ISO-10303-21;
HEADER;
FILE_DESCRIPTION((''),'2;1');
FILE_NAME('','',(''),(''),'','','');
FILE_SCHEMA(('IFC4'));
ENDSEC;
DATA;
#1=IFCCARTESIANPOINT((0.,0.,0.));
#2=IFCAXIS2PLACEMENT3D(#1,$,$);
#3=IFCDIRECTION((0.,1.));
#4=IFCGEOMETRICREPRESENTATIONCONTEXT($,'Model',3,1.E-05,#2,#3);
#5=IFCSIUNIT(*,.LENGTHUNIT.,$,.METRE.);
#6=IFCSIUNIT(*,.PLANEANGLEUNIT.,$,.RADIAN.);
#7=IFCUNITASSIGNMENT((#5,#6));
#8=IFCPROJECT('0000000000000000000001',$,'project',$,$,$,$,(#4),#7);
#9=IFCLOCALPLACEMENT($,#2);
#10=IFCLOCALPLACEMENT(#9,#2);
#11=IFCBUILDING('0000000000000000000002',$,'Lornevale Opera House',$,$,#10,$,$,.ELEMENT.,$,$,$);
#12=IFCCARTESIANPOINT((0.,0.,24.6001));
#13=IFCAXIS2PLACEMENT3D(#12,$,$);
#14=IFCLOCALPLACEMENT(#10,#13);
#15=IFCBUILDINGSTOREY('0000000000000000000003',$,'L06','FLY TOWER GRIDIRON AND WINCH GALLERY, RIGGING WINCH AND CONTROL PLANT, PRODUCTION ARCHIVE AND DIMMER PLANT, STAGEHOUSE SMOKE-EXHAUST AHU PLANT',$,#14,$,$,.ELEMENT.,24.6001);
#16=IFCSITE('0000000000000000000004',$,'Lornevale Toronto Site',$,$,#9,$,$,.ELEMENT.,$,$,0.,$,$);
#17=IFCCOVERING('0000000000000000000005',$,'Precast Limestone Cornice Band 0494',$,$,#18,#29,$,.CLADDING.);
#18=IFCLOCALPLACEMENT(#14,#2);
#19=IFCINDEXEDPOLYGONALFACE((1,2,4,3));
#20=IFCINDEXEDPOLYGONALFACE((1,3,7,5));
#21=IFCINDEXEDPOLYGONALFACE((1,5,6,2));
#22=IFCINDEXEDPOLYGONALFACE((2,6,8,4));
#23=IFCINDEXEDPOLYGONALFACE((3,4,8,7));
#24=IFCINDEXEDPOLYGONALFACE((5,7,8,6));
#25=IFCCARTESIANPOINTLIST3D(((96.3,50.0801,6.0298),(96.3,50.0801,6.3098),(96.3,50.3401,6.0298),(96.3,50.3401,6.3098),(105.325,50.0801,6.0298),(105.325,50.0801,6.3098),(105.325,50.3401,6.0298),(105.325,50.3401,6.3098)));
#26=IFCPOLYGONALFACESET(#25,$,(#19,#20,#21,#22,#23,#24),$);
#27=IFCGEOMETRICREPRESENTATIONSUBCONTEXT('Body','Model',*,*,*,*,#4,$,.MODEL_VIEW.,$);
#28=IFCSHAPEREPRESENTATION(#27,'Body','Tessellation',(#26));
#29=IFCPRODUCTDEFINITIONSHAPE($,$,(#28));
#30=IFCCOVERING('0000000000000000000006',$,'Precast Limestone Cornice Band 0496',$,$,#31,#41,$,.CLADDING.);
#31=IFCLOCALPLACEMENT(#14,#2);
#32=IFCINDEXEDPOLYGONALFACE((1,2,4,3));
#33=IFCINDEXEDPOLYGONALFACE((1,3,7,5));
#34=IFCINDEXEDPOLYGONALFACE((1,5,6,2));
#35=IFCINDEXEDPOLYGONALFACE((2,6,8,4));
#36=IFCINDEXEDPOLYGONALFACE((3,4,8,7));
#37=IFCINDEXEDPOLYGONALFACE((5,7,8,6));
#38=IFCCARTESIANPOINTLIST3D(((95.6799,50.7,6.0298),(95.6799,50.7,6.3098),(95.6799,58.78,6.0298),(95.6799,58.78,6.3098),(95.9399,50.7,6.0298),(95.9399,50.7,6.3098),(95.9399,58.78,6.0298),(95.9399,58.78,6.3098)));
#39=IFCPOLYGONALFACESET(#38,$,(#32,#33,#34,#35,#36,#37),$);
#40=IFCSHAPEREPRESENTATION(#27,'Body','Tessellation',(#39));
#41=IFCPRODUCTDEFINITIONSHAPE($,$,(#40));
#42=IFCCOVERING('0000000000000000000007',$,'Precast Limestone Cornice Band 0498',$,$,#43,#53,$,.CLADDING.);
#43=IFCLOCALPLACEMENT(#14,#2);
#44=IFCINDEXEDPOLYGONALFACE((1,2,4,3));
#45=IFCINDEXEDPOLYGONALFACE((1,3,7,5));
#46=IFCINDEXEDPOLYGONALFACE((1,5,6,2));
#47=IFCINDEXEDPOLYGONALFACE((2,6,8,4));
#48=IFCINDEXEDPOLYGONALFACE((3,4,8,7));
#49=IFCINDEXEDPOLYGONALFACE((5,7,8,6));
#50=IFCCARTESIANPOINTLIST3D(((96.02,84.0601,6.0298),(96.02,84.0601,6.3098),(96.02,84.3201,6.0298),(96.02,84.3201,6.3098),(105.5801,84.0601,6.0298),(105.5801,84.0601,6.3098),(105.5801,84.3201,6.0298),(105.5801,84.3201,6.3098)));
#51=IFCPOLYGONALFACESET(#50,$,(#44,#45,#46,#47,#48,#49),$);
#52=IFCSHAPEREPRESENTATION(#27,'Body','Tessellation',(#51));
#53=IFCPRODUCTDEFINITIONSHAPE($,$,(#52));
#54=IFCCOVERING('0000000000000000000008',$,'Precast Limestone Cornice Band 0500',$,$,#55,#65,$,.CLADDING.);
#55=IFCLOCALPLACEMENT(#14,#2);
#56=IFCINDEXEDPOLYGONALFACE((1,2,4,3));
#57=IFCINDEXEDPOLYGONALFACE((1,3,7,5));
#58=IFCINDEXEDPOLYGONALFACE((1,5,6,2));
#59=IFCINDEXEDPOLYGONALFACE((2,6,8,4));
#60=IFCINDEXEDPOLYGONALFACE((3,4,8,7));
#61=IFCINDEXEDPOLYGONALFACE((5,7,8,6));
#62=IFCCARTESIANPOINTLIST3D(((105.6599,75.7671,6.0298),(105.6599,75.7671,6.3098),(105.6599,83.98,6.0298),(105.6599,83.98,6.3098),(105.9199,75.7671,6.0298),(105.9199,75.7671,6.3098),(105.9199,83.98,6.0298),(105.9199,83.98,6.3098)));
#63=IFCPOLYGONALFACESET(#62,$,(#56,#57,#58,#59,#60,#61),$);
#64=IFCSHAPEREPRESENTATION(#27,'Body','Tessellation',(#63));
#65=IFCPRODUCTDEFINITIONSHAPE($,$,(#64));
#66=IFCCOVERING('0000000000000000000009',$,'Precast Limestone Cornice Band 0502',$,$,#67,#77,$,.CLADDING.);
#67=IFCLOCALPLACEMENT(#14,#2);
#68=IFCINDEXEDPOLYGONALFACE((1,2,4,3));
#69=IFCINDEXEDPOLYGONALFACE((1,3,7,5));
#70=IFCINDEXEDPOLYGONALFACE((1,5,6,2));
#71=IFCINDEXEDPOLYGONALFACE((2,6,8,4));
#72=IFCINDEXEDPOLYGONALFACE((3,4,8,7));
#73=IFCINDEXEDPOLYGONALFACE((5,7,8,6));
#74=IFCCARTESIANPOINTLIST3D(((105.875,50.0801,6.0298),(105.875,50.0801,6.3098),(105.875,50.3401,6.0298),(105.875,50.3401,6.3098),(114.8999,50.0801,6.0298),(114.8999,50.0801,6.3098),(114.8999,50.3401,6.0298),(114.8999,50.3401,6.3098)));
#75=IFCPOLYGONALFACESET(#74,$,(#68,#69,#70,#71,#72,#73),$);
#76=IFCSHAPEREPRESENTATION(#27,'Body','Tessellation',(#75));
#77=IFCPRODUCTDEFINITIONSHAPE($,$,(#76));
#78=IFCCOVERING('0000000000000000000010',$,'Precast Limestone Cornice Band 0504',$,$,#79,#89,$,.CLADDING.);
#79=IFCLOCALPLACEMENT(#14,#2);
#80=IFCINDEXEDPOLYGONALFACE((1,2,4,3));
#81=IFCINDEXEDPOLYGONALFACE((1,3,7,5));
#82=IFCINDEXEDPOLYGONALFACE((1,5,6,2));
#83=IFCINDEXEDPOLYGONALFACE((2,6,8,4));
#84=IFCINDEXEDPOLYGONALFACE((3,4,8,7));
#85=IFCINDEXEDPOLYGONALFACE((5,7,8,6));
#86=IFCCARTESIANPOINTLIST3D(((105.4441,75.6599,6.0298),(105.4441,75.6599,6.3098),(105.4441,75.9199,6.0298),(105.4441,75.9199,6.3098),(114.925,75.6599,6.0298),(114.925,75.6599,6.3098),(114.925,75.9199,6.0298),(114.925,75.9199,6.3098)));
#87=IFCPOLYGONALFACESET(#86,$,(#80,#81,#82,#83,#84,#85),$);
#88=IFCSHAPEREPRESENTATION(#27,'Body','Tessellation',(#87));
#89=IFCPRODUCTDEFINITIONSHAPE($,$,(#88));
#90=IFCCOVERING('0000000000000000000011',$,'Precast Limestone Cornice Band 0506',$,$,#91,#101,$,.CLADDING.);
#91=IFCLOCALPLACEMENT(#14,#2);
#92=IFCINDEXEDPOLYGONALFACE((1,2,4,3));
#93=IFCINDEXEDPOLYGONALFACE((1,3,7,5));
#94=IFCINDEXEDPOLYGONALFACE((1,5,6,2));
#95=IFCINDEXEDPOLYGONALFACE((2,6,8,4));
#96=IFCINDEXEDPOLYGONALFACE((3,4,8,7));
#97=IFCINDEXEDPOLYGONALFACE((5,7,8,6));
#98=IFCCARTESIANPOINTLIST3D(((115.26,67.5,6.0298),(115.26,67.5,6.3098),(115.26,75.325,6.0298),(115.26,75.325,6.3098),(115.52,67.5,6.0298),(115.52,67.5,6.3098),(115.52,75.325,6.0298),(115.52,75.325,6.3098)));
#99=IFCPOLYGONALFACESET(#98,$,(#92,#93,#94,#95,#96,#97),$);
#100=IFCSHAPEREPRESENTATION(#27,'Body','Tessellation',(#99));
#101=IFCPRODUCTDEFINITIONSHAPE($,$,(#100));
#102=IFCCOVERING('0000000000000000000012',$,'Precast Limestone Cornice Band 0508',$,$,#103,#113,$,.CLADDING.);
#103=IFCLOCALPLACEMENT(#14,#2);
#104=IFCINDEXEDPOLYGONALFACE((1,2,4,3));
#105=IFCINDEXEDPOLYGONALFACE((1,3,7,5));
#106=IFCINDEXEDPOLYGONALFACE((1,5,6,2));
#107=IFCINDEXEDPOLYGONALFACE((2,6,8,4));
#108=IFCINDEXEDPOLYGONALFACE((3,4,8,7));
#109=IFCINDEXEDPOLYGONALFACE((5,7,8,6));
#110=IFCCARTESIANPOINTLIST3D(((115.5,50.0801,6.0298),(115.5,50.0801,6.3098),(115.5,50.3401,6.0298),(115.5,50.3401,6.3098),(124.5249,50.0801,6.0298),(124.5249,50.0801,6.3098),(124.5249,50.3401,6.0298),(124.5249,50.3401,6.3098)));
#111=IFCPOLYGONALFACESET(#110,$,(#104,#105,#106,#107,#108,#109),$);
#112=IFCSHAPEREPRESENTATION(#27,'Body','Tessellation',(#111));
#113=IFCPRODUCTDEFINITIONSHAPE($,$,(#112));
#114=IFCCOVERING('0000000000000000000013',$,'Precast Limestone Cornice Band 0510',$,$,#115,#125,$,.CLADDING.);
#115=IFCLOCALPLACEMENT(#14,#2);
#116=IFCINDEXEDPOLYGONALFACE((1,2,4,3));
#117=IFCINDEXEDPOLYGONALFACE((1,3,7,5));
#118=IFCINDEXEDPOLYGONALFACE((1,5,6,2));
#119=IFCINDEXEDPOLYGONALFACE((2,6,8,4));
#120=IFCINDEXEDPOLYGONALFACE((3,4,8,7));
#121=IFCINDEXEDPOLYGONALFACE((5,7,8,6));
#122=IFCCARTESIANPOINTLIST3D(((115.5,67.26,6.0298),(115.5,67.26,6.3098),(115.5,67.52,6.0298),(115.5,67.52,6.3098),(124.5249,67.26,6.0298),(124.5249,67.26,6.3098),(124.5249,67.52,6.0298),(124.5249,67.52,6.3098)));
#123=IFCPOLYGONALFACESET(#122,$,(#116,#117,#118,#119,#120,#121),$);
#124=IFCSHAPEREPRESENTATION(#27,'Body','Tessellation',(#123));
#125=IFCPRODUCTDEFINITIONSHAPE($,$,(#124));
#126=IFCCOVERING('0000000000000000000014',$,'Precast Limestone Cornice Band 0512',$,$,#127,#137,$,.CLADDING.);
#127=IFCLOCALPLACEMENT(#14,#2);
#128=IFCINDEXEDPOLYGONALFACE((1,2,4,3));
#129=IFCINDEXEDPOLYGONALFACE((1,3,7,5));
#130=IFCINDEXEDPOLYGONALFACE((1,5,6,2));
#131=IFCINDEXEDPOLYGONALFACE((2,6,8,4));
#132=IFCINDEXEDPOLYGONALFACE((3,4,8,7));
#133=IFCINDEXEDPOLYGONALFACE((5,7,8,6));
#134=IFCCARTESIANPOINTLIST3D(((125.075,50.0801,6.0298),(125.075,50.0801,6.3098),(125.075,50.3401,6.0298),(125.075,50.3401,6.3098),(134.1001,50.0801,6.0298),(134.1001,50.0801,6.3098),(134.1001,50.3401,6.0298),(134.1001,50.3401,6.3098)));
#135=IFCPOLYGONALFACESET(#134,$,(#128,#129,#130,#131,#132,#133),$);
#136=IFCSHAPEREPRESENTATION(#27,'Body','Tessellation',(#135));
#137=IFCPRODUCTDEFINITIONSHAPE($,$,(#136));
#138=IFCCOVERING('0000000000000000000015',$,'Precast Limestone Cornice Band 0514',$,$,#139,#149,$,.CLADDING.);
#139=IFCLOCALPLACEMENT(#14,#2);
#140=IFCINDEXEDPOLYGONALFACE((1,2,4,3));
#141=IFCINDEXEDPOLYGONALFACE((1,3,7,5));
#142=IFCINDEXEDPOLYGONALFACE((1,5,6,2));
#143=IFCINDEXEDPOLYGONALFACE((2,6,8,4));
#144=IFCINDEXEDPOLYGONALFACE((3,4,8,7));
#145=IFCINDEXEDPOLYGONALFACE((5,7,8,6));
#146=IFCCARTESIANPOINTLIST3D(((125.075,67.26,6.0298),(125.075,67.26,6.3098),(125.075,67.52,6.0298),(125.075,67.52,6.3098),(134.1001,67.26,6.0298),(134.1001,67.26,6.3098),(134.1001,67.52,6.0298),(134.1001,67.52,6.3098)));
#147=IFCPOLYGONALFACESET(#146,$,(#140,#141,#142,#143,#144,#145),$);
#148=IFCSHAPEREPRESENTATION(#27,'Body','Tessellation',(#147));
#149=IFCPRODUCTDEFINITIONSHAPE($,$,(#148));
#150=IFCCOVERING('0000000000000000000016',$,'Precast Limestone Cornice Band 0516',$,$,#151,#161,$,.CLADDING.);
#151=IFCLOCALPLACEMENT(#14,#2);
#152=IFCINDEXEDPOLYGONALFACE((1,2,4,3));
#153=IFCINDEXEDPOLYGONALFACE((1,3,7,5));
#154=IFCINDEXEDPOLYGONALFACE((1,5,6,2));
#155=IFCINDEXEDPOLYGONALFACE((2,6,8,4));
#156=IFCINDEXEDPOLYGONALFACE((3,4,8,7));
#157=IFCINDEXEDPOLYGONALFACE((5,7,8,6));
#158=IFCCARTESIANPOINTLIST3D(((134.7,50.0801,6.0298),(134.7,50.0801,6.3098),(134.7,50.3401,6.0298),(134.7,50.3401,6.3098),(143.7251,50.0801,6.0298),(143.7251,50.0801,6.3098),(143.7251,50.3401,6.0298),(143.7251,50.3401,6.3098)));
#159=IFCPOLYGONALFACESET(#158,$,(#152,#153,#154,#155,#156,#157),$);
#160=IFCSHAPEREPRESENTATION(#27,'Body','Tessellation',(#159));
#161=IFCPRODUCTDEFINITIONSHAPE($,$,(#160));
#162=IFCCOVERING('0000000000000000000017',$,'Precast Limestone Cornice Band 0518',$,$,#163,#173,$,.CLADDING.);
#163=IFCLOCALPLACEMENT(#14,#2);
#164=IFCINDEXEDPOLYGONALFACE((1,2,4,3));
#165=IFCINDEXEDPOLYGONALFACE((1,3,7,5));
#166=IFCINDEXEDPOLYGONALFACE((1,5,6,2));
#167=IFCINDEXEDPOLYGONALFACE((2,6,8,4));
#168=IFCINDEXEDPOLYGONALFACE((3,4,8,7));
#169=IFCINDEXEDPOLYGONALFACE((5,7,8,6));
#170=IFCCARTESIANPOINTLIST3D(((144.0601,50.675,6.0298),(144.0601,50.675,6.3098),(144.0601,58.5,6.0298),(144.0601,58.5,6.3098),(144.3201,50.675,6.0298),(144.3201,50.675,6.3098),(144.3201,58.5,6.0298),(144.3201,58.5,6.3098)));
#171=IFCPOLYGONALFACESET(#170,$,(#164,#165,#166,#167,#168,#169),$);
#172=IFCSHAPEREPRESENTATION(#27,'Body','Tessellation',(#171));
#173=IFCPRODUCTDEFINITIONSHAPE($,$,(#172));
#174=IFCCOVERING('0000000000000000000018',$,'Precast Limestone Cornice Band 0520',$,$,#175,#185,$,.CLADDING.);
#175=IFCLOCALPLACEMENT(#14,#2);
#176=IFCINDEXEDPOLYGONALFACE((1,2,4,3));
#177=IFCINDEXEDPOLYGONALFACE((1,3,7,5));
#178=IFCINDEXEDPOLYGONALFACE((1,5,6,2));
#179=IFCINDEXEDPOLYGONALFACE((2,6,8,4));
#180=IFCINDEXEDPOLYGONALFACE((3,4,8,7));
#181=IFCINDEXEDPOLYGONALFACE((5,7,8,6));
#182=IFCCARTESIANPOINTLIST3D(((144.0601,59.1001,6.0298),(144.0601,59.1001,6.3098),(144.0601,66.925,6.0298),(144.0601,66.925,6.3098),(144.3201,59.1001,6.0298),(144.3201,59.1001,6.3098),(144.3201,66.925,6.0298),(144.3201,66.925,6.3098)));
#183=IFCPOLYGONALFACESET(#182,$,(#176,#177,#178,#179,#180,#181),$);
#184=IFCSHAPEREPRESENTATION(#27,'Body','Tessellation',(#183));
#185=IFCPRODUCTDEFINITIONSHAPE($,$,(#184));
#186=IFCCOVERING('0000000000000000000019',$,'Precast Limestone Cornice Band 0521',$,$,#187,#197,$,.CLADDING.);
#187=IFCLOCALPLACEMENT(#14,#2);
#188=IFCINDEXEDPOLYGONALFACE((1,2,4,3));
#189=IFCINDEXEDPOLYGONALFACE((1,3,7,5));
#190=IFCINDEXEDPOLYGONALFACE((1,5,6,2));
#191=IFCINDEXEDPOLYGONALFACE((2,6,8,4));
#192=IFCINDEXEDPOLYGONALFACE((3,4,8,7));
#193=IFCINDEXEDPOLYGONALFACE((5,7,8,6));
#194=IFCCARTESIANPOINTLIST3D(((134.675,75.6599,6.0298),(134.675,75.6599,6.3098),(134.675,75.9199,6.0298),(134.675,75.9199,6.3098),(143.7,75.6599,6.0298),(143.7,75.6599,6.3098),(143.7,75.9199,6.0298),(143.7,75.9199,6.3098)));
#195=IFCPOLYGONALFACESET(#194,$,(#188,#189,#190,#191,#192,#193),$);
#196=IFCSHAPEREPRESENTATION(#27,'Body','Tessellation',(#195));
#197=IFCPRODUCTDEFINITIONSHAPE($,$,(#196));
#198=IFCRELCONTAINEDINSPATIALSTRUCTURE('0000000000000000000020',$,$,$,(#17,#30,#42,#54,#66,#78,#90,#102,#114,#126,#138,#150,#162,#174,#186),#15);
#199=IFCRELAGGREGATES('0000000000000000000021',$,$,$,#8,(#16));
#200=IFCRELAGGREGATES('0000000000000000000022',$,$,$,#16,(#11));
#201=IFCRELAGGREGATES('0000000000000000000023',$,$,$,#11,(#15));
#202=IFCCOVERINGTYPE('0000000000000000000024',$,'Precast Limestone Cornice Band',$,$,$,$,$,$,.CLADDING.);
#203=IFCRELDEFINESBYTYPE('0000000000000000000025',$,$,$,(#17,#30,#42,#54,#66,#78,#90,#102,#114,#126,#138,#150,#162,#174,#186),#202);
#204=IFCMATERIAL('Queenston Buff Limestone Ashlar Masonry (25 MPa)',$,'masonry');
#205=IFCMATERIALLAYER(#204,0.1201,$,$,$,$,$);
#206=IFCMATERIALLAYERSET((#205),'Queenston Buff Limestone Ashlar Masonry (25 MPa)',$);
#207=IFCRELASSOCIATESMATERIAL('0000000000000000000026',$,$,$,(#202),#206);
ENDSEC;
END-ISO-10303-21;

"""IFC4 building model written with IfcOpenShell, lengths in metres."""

from ifc_helpers import new_model, si_unit, direction, frame, origin, place, context, subcontext, project, spatial, polyline, outline, extrude, material, layer, layer_set, type_object, element, save


model = new_model("IFC4")

# Units and contexts
model_context = context("Model", 3, precision=1e-05, world=origin(), true_north=direction((0.0, 1.0)))
body_context = subcontext(model_context, "Body", "Model", "MODEL_VIEW")
ifc_project = project(units=[si_unit("LENGTHUNIT", "METRE"), si_unit("PLANEANGLEUNIT", "RADIAN")], contexts=[model_context])

# Site, building, storey
site_placement = place(None, origin())
site = spatial("IfcSite", under=ifc_project, at=site_placement, Name="Lornevale Toronto Site", CompositionType="ELEMENT", RefElevation=0.0)
building_placement = place(site_placement, origin())
building = spatial("IfcBuilding", under=site, at=building_placement, Name="Lornevale Opera House", CompositionType="ELEMENT")
storey_placement = place(building_placement, frame((0.0, 0.0, 24.6001)))
storey = spatial("IfcBuildingStorey", under=building, at=storey_placement, Name="L06", Description="FLY TOWER GRIDIRON AND WINCH GALLERY, RIGGING WINCH AND CONTROL PLANT, PRODUCTION ARCHIVE AND DIMMER PLANT, STAGEHOUSE SMOKE-EXHAUST AHU PLANT", CompositionType="ELEMENT", Elevation=24.6001)

# Coverings
ifc_material_1 = material(Name="Queenston Buff Limestone Ashlar Masonry (25 MPa)", Category="masonry")
ifc_layer_1 = layer(ifc_material_1, 0.1201)
ifc_layer_set_1 = layer_set([ifc_layer_1], Name="Queenston Buff Limestone Ashlar Masonry (25 MPa)")
covering_type_1 = type_object("IfcCoveringType", Name="Precast Limestone Cornice Band", PredefinedType="CLADDING", material=ifc_layer_set_1)
covering_1_placement = place(storey_placement, frame((0.0, 0.0, 6.0298)))
element("IfcCovering", 1, at=covering_1_placement, inside=storey, type_object=covering_type_1, Name="Precast Limestone Cornice Band 0494", PredefinedType="CLADDING", context=body_context, shape_type="SweptSolid", body=[
    extrude(outline(polyline([(105.325, 50.3401), (96.3, 50.3401), (96.3, 50.0801), (105.325, 50.0801), (105.325, 50.3401)])), origin(), (0.0, 0.0, 1.0), 0.28),
])
covering_2_placement = place(storey_placement, frame((0.0, 0.0, 6.0298)))
element("IfcCovering", 2, at=covering_2_placement, inside=storey, type_object=covering_type_1, Name="Precast Limestone Cornice Band 0496", PredefinedType="CLADDING", context=body_context, shape_type="SweptSolid", body=[
    extrude(outline(polyline([(95.9399, 50.7), (95.9399, 58.78), (95.6799, 58.78), (95.6799, 50.7), (95.9399, 50.7)])), origin(), (0.0, 0.0, 1.0), 0.28),
])
covering_3_placement = place(storey_placement, frame((0.0, 0.0, 6.0298)))
element("IfcCovering", 3, at=covering_3_placement, inside=storey, type_object=covering_type_1, Name="Precast Limestone Cornice Band 0498", PredefinedType="CLADDING", context=body_context, shape_type="SweptSolid", body=[
    extrude(outline(polyline([(96.02, 84.0601), (105.5801, 84.0601), (105.5801, 84.3201), (96.02, 84.3201), (96.02, 84.0601)])), origin(), (0.0, 0.0, 1.0), 0.28),
])
covering_4_placement = place(storey_placement, frame((0.0, 0.0, 6.0298)))
element("IfcCovering", 4, at=covering_4_placement, inside=storey, type_object=covering_type_1, Name="Precast Limestone Cornice Band 0500", PredefinedType="CLADDING", context=body_context, shape_type="SweptSolid", body=[
    extrude(outline(polyline([(105.6599, 83.98), (105.6599, 75.7671), (105.9199, 75.7671), (105.9199, 83.98), (105.6599, 83.98)])), origin(), (0.0, 0.0, 1.0), 0.28),
])
covering_5_placement = place(storey_placement, frame((0.0, 0.0, 6.0298)))
element("IfcCovering", 5, at=covering_5_placement, inside=storey, type_object=covering_type_1, Name="Precast Limestone Cornice Band 0502", PredefinedType="CLADDING", context=body_context, shape_type="SweptSolid", body=[
    extrude(outline(polyline([(114.8999, 50.3401), (105.875, 50.3401), (105.875, 50.0801), (114.8999, 50.0801), (114.8999, 50.3401)])), origin(), (0.0, 0.0, 1.0), 0.28),
])
covering_6_placement = place(storey_placement, frame((0.0, 0.0, 6.0298)))
element("IfcCovering", 6, at=covering_6_placement, inside=storey, type_object=covering_type_1, Name="Precast Limestone Cornice Band 0504", PredefinedType="CLADDING", context=body_context, shape_type="SweptSolid", body=[
    extrude(outline(polyline([(105.4441, 75.6599), (114.925, 75.6599), (114.925, 75.9199), (105.4441, 75.9199), (105.4441, 75.6599)])), origin(), (0.0, 0.0, 1.0), 0.28),
])
covering_7_placement = place(storey_placement, frame((0.0, 0.0, 6.0298)))
element("IfcCovering", 7, at=covering_7_placement, inside=storey, type_object=covering_type_1, Name="Precast Limestone Cornice Band 0506", PredefinedType="CLADDING", context=body_context, shape_type="SweptSolid", body=[
    extrude(outline(polyline([(115.26, 75.325), (115.26, 67.5), (115.52, 67.5), (115.52, 75.325), (115.26, 75.325)])), origin(), (0.0, 0.0, 1.0), 0.28),
])
covering_8_placement = place(storey_placement, frame((0.0, 0.0, 6.0298)))
element("IfcCovering", 8, at=covering_8_placement, inside=storey, type_object=covering_type_1, Name="Precast Limestone Cornice Band 0508", PredefinedType="CLADDING", context=body_context, shape_type="SweptSolid", body=[
    extrude(outline(polyline([(124.5249, 50.3401), (115.5, 50.3401), (115.5, 50.0801), (124.5249, 50.0801), (124.5249, 50.3401)])), origin(), (0.0, 0.0, 1.0), 0.28),
])
covering_9_placement = place(storey_placement, frame((0.0, 0.0, 6.0298)))
element("IfcCovering", 9, at=covering_9_placement, inside=storey, type_object=covering_type_1, Name="Precast Limestone Cornice Band 0510", PredefinedType="CLADDING", context=body_context, shape_type="SweptSolid", body=[
    extrude(outline(polyline([(115.5, 67.26), (124.5249, 67.26), (124.5249, 67.52), (115.5, 67.52), (115.5, 67.26)])), origin(), (0.0, 0.0, 1.0), 0.28),
])
covering_10_placement = place(storey_placement, frame((0.0, 0.0, 6.0298)))
element("IfcCovering", 10, at=covering_10_placement, inside=storey, type_object=covering_type_1, Name="Precast Limestone Cornice Band 0512", PredefinedType="CLADDING", context=body_context, shape_type="SweptSolid", body=[
    extrude(outline(polyline([(134.1001, 50.3401), (125.075, 50.3401), (125.075, 50.0801), (134.1001, 50.0801), (134.1001, 50.3401)])), origin(), (0.0, 0.0, 1.0), 0.28),
])
covering_11_placement = place(storey_placement, frame((0.0, 0.0, 6.0298)))
element("IfcCovering", 11, at=covering_11_placement, inside=storey, type_object=covering_type_1, Name="Precast Limestone Cornice Band 0514", PredefinedType="CLADDING", context=body_context, shape_type="SweptSolid", body=[
    extrude(outline(polyline([(125.075, 67.26), (134.1001, 67.26), (134.1001, 67.52), (125.075, 67.52), (125.075, 67.26)])), origin(), (0.0, 0.0, 1.0), 0.28),
])
covering_12_placement = place(storey_placement, frame((0.0, 0.0, 6.0298)))
element("IfcCovering", 12, at=covering_12_placement, inside=storey, type_object=covering_type_1, Name="Precast Limestone Cornice Band 0516", PredefinedType="CLADDING", context=body_context, shape_type="SweptSolid", body=[
    extrude(outline(polyline([(143.7251, 50.3401), (134.7, 50.3401), (134.7, 50.0801), (143.7251, 50.0801), (143.7251, 50.3401)])), origin(), (0.0, 0.0, 1.0), 0.28),
])
covering_13_placement = place(storey_placement, frame((0.0, 0.0, 6.0298)))
element("IfcCovering", 13, at=covering_13_placement, inside=storey, type_object=covering_type_1, Name="Precast Limestone Cornice Band 0518", PredefinedType="CLADDING", context=body_context, shape_type="SweptSolid", body=[
    extrude(outline(polyline([(144.0601, 58.5), (144.0601, 50.675), (144.3201, 50.675), (144.3201, 58.5), (144.0601, 58.5)])), origin(), (0.0, 0.0, 1.0), 0.28),
])
covering_14_placement = place(storey_placement, frame((0.0, 0.0, 6.0298)))
element("IfcCovering", 14, at=covering_14_placement, inside=storey, type_object=covering_type_1, Name="Precast Limestone Cornice Band 0520", PredefinedType="CLADDING", context=body_context, shape_type="SweptSolid", body=[
    extrude(outline(polyline([(144.0601, 66.925), (144.0601, 59.1001), (144.3201, 59.1001), (144.3201, 66.925), (144.0601, 66.925)])), origin(), (0.0, 0.0, 1.0), 0.28),
])
covering_15_placement = place(storey_placement, frame((0.0, 0.0, 6.0298)))
element("IfcCovering", 15, at=covering_15_placement, inside=storey, type_object=covering_type_1, Name="Precast Limestone Cornice Band 0521", PredefinedType="CLADDING", context=body_context, shape_type="SweptSolid", body=[
    extrude(outline(polyline([(134.675, 75.6599), (143.7, 75.6599), (143.7, 75.9199), (134.675, 75.9199), (134.675, 75.6599)])), origin(), (0.0, 0.0, 1.0), 0.28),
])

save(model, "model.ifc")
